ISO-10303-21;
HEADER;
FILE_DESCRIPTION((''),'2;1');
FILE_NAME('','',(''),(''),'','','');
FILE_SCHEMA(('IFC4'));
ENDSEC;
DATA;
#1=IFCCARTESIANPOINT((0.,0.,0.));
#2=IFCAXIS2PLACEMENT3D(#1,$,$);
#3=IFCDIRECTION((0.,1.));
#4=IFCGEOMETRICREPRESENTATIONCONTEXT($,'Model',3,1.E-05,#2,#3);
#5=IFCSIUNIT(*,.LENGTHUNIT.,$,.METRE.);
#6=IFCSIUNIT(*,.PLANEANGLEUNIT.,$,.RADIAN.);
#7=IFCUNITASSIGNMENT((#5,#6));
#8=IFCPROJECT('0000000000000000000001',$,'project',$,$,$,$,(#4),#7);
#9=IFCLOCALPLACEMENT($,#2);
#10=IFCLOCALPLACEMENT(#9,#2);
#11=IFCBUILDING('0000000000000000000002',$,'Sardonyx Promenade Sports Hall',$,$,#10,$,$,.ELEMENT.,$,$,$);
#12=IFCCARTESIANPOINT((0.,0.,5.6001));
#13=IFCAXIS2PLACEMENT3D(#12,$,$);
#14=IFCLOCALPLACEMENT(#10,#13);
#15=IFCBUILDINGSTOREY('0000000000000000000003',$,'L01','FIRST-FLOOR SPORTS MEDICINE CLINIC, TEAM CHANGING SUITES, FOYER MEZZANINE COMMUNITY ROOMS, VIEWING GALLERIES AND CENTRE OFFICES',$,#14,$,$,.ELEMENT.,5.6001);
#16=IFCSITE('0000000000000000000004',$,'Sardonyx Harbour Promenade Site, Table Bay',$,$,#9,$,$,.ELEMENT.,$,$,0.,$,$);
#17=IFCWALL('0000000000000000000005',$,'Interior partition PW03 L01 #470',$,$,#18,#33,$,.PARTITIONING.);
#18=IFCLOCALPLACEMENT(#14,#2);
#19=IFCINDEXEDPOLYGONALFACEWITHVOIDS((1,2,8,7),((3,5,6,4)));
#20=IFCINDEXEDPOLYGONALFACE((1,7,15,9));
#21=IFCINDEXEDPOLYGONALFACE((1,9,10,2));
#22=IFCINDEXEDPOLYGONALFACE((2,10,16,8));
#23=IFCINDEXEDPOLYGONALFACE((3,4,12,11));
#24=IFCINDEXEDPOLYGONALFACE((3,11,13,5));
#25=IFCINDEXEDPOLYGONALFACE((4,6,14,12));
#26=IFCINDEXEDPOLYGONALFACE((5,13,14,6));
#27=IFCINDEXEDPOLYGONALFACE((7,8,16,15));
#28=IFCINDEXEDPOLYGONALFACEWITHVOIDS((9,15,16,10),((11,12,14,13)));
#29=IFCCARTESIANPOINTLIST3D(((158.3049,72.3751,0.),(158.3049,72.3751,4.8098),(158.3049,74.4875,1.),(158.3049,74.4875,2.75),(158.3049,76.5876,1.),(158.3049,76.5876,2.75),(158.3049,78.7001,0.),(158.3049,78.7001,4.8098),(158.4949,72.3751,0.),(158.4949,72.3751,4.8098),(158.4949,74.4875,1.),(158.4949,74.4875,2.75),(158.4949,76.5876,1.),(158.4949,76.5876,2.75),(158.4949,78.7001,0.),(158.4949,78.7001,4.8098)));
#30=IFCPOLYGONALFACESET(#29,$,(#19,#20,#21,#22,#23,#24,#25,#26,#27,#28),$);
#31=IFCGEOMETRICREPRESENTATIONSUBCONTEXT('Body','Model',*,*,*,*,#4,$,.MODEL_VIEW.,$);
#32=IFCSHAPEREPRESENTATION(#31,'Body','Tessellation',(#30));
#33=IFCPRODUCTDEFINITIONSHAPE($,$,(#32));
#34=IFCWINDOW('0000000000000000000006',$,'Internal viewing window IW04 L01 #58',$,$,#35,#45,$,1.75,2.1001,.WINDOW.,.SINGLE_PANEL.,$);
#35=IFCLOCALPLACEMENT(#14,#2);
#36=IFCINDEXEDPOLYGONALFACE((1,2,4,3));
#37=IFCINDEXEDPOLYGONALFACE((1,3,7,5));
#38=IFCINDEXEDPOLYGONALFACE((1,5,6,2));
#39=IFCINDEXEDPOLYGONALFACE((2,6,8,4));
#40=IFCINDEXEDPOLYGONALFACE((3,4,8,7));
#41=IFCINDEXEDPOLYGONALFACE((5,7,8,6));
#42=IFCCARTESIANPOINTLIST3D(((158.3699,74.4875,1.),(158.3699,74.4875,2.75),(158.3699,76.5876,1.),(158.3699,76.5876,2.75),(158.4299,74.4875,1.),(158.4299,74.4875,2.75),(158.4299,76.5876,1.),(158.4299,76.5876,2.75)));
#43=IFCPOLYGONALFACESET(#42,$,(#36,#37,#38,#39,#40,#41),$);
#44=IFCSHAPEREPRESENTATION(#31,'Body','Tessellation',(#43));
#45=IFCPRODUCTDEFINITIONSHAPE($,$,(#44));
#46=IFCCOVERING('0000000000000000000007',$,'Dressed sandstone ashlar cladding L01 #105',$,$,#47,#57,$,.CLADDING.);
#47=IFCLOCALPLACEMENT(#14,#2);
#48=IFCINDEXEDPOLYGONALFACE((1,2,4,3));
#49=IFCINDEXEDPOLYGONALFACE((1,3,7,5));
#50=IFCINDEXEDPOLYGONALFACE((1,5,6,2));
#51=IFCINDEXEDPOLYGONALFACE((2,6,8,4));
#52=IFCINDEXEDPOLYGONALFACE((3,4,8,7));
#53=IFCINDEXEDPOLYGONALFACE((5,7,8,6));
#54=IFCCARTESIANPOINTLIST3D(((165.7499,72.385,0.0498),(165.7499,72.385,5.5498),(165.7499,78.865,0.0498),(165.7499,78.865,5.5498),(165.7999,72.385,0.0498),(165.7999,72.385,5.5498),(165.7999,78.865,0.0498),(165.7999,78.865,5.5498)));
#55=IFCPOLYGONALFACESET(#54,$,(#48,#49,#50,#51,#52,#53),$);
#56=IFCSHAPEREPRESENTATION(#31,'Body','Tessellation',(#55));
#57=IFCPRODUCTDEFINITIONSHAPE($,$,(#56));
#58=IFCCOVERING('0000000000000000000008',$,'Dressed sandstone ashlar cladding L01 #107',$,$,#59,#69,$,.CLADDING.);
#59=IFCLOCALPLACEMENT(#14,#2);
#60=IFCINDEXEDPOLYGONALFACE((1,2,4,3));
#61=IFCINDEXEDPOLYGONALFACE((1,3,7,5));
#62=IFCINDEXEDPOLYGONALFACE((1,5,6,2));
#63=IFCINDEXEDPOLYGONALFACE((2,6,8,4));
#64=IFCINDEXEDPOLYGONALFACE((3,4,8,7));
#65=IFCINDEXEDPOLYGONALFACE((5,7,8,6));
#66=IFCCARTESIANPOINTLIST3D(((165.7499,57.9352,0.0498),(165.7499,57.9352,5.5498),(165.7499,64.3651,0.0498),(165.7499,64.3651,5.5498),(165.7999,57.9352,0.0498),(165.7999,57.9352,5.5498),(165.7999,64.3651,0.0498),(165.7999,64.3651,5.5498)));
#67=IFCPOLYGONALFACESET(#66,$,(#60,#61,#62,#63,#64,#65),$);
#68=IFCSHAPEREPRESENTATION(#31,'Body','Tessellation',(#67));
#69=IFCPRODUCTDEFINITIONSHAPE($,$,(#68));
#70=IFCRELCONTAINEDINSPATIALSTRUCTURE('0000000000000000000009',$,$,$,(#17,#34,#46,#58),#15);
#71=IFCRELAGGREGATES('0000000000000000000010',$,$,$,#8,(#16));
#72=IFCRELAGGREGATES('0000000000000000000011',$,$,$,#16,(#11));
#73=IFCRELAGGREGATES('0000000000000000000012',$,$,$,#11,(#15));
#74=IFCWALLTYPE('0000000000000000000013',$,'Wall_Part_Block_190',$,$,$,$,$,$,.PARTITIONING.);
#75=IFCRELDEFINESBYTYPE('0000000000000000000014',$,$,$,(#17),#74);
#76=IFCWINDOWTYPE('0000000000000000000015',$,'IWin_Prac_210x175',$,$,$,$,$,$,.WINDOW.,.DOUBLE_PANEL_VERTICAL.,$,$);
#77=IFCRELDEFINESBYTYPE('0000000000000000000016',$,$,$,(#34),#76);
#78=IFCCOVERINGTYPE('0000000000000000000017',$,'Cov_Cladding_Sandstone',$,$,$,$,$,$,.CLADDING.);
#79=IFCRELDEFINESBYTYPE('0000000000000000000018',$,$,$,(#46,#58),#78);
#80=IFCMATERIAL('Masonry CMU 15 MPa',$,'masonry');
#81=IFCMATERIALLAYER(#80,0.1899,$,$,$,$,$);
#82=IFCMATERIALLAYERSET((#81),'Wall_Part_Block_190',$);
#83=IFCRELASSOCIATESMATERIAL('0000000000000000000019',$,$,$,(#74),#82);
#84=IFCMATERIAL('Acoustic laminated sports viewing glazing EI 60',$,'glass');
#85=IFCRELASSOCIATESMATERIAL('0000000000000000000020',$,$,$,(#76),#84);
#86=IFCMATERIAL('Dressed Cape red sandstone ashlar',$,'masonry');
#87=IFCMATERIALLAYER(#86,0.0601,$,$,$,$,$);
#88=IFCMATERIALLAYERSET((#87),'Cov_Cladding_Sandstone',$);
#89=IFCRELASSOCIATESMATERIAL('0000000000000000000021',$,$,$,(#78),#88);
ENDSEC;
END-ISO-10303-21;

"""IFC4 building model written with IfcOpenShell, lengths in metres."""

from ifc_helpers import new_model, si_unit, direction, frame, frame_2d, origin, place, context, subcontext, project, spatial, rectangle, extrude, material, layer, layer_set, type_object, element, fill, save


model = new_model("IFC4")

# Units and contexts
model_context = context("Model", 3, precision=1e-05, world=origin(), true_north=direction((0.0, 1.0)))
body_context = subcontext(model_context, "Body", "Model", "MODEL_VIEW")
ifc_project = project(units=[si_unit("LENGTHUNIT", "METRE"), si_unit("PLANEANGLEUNIT", "RADIAN")], contexts=[model_context])

# Site, building, storey
site_placement = place(None, origin())
site = spatial("IfcSite", under=ifc_project, at=site_placement, Name="Sardonyx Harbour Promenade Site, Table Bay", CompositionType="ELEMENT", RefElevation=0.0)
building_placement = place(site_placement, origin())
building = spatial("IfcBuilding", under=site, at=building_placement, Name="Sardonyx Promenade Sports Hall", CompositionType="ELEMENT")
storey_placement = place(building_placement, frame((0.0, 0.0, 5.6001)))
storey = spatial("IfcBuildingStorey", under=building, at=storey_placement, Name="L01", Description="FIRST-FLOOR SPORTS MEDICINE CLINIC, TEAM CHANGING SUITES, FOYER MEZZANINE COMMUNITY ROOMS, VIEWING GALLERIES AND CENTRE OFFICES", CompositionType="ELEMENT", Elevation=5.6001)

# Wall, opening, window
ifc_material_1 = material(Name="Masonry CMU 15 MPa", Category="masonry")
ifc_layer_1 = layer(ifc_material_1, 0.1899)
ifc_layer_set_1 = layer_set([ifc_layer_1], Name="Wall_Part_Block_190")
wall_type_1 = type_object("IfcWallType", Name="Wall_Part_Block_190", PredefinedType="PARTITIONING", material=ifc_layer_set_1)
ifc_material_2 = material(Name="Acoustic laminated sports viewing glazing EI 60", Category="glass")
window_type_1 = type_object("IfcWindowType", Name="IWin_Prac_210x175", PartitioningType="DOUBLE_PANEL_VERTICAL", PredefinedType="WINDOW", material=ifc_material_2)
wall_1_placement = place(storey_placement, frame((158.3999, 72.375, 0.0), z_axis=(0.0, 0.0, 1.0), x_axis=(0.0, 1.0, 0.0)))
wall_1 = element("IfcWall", 1, at=wall_1_placement, inside=storey, type_object=wall_type_1, Name="Interior partition PW03 L01 #470", PredefinedType="PARTITIONING", context=body_context, shape_type="SweptSolid", body=[
    extrude(rectangle(XDim=6.325, YDim=0.1899, at=frame_2d((3.1626, 0.0))), origin(), (0.0, 0.0, 1.0), 4.8098),
])
opening_1_placement = place(wall_1_placement, frame((2.1125, 0.0, 1.0)))
opening_1 = element("IfcOpeningElement", 2, at=opening_1_placement, cuts=wall_1, PredefinedType="OPENING", context=body_context, shape_type="SweptSolid", body=[
    extrude(rectangle(XDim=2.1001, YDim=1.75, at=frame_2d((1.05, 0.875))), frame((0.0, 0.105, 0.0), z_axis=(0.0, -1.0, 0.0), x_axis=(1.0, 0.0, 0.0)), (0.0, 0.0, 1.0), 0.21),
])
window_1_placement = place(opening_1_placement, origin())
window_1 = element("IfcWindow", 3, at=window_1_placement, inside=storey, type_object=window_type_1, Name="Internal viewing window IW04 L01 #58", OverallHeight=1.75, OverallWidth=2.1001, PartitioningType="SINGLE_PANEL", PredefinedType="WINDOW", context=body_context, shape_type="SweptSolid", body=[
    extrude(rectangle(XDim=2.1001, YDim=1.75, at=frame_2d((1.05, 0.875))), frame((0.0, 0.03, 0.0), z_axis=(0.0, -1.0, 0.0), x_axis=(1.0, 0.0, 0.0)), (0.0, 0.0, 1.0), 0.0601),
])
fill(opening_1, window_1)

# Coverings
ifc_material_3 = material(Name="Dressed Cape red sandstone ashlar", Category="masonry")
ifc_layer_2 = layer(ifc_material_3, 0.0601)
ifc_layer_set_2 = layer_set([ifc_layer_2], Name="Cov_Cladding_Sandstone")
covering_type = type_object("IfcCoveringType", Name="Cov_Cladding_Sandstone", PredefinedType="CLADDING", material=ifc_layer_set_2)
covering_1_placement = place(storey_placement, frame((165.7749, 78.865, 0.0498), z_axis=(0.0, 0.0, 1.0), x_axis=(0.0, -1.0, 0.0)))
element("IfcCovering", 4, at=covering_1_placement, inside=storey, type_object=covering_type, Name="Dressed sandstone ashlar cladding L01 #105", PredefinedType="CLADDING", context=body_context, shape_type="SweptSolid", body=[
    extrude(rectangle(XDim=6.48, YDim=0.05, at=frame_2d((3.24, 0.0))), origin(), (0.0, 0.0, 1.0), 5.5),
])
covering_2_placement = place(storey_placement, frame((165.7749, 64.365, 0.0498), z_axis=(0.0, 0.0, 1.0), x_axis=(0.0, -1.0, 0.0)))
element("IfcCovering", 5, at=covering_2_placement, inside=storey, type_object=covering_type, Name="Dressed sandstone ashlar cladding L01 #107", PredefinedType="CLADDING", context=body_context, shape_type="SweptSolid", body=[
    extrude(rectangle(XDim=6.4299, YDim=0.05, at=frame_2d((3.2148, 0.0))), origin(), (0.0, 0.0, 1.0), 5.5),
])

save(model, "model.ifc")
